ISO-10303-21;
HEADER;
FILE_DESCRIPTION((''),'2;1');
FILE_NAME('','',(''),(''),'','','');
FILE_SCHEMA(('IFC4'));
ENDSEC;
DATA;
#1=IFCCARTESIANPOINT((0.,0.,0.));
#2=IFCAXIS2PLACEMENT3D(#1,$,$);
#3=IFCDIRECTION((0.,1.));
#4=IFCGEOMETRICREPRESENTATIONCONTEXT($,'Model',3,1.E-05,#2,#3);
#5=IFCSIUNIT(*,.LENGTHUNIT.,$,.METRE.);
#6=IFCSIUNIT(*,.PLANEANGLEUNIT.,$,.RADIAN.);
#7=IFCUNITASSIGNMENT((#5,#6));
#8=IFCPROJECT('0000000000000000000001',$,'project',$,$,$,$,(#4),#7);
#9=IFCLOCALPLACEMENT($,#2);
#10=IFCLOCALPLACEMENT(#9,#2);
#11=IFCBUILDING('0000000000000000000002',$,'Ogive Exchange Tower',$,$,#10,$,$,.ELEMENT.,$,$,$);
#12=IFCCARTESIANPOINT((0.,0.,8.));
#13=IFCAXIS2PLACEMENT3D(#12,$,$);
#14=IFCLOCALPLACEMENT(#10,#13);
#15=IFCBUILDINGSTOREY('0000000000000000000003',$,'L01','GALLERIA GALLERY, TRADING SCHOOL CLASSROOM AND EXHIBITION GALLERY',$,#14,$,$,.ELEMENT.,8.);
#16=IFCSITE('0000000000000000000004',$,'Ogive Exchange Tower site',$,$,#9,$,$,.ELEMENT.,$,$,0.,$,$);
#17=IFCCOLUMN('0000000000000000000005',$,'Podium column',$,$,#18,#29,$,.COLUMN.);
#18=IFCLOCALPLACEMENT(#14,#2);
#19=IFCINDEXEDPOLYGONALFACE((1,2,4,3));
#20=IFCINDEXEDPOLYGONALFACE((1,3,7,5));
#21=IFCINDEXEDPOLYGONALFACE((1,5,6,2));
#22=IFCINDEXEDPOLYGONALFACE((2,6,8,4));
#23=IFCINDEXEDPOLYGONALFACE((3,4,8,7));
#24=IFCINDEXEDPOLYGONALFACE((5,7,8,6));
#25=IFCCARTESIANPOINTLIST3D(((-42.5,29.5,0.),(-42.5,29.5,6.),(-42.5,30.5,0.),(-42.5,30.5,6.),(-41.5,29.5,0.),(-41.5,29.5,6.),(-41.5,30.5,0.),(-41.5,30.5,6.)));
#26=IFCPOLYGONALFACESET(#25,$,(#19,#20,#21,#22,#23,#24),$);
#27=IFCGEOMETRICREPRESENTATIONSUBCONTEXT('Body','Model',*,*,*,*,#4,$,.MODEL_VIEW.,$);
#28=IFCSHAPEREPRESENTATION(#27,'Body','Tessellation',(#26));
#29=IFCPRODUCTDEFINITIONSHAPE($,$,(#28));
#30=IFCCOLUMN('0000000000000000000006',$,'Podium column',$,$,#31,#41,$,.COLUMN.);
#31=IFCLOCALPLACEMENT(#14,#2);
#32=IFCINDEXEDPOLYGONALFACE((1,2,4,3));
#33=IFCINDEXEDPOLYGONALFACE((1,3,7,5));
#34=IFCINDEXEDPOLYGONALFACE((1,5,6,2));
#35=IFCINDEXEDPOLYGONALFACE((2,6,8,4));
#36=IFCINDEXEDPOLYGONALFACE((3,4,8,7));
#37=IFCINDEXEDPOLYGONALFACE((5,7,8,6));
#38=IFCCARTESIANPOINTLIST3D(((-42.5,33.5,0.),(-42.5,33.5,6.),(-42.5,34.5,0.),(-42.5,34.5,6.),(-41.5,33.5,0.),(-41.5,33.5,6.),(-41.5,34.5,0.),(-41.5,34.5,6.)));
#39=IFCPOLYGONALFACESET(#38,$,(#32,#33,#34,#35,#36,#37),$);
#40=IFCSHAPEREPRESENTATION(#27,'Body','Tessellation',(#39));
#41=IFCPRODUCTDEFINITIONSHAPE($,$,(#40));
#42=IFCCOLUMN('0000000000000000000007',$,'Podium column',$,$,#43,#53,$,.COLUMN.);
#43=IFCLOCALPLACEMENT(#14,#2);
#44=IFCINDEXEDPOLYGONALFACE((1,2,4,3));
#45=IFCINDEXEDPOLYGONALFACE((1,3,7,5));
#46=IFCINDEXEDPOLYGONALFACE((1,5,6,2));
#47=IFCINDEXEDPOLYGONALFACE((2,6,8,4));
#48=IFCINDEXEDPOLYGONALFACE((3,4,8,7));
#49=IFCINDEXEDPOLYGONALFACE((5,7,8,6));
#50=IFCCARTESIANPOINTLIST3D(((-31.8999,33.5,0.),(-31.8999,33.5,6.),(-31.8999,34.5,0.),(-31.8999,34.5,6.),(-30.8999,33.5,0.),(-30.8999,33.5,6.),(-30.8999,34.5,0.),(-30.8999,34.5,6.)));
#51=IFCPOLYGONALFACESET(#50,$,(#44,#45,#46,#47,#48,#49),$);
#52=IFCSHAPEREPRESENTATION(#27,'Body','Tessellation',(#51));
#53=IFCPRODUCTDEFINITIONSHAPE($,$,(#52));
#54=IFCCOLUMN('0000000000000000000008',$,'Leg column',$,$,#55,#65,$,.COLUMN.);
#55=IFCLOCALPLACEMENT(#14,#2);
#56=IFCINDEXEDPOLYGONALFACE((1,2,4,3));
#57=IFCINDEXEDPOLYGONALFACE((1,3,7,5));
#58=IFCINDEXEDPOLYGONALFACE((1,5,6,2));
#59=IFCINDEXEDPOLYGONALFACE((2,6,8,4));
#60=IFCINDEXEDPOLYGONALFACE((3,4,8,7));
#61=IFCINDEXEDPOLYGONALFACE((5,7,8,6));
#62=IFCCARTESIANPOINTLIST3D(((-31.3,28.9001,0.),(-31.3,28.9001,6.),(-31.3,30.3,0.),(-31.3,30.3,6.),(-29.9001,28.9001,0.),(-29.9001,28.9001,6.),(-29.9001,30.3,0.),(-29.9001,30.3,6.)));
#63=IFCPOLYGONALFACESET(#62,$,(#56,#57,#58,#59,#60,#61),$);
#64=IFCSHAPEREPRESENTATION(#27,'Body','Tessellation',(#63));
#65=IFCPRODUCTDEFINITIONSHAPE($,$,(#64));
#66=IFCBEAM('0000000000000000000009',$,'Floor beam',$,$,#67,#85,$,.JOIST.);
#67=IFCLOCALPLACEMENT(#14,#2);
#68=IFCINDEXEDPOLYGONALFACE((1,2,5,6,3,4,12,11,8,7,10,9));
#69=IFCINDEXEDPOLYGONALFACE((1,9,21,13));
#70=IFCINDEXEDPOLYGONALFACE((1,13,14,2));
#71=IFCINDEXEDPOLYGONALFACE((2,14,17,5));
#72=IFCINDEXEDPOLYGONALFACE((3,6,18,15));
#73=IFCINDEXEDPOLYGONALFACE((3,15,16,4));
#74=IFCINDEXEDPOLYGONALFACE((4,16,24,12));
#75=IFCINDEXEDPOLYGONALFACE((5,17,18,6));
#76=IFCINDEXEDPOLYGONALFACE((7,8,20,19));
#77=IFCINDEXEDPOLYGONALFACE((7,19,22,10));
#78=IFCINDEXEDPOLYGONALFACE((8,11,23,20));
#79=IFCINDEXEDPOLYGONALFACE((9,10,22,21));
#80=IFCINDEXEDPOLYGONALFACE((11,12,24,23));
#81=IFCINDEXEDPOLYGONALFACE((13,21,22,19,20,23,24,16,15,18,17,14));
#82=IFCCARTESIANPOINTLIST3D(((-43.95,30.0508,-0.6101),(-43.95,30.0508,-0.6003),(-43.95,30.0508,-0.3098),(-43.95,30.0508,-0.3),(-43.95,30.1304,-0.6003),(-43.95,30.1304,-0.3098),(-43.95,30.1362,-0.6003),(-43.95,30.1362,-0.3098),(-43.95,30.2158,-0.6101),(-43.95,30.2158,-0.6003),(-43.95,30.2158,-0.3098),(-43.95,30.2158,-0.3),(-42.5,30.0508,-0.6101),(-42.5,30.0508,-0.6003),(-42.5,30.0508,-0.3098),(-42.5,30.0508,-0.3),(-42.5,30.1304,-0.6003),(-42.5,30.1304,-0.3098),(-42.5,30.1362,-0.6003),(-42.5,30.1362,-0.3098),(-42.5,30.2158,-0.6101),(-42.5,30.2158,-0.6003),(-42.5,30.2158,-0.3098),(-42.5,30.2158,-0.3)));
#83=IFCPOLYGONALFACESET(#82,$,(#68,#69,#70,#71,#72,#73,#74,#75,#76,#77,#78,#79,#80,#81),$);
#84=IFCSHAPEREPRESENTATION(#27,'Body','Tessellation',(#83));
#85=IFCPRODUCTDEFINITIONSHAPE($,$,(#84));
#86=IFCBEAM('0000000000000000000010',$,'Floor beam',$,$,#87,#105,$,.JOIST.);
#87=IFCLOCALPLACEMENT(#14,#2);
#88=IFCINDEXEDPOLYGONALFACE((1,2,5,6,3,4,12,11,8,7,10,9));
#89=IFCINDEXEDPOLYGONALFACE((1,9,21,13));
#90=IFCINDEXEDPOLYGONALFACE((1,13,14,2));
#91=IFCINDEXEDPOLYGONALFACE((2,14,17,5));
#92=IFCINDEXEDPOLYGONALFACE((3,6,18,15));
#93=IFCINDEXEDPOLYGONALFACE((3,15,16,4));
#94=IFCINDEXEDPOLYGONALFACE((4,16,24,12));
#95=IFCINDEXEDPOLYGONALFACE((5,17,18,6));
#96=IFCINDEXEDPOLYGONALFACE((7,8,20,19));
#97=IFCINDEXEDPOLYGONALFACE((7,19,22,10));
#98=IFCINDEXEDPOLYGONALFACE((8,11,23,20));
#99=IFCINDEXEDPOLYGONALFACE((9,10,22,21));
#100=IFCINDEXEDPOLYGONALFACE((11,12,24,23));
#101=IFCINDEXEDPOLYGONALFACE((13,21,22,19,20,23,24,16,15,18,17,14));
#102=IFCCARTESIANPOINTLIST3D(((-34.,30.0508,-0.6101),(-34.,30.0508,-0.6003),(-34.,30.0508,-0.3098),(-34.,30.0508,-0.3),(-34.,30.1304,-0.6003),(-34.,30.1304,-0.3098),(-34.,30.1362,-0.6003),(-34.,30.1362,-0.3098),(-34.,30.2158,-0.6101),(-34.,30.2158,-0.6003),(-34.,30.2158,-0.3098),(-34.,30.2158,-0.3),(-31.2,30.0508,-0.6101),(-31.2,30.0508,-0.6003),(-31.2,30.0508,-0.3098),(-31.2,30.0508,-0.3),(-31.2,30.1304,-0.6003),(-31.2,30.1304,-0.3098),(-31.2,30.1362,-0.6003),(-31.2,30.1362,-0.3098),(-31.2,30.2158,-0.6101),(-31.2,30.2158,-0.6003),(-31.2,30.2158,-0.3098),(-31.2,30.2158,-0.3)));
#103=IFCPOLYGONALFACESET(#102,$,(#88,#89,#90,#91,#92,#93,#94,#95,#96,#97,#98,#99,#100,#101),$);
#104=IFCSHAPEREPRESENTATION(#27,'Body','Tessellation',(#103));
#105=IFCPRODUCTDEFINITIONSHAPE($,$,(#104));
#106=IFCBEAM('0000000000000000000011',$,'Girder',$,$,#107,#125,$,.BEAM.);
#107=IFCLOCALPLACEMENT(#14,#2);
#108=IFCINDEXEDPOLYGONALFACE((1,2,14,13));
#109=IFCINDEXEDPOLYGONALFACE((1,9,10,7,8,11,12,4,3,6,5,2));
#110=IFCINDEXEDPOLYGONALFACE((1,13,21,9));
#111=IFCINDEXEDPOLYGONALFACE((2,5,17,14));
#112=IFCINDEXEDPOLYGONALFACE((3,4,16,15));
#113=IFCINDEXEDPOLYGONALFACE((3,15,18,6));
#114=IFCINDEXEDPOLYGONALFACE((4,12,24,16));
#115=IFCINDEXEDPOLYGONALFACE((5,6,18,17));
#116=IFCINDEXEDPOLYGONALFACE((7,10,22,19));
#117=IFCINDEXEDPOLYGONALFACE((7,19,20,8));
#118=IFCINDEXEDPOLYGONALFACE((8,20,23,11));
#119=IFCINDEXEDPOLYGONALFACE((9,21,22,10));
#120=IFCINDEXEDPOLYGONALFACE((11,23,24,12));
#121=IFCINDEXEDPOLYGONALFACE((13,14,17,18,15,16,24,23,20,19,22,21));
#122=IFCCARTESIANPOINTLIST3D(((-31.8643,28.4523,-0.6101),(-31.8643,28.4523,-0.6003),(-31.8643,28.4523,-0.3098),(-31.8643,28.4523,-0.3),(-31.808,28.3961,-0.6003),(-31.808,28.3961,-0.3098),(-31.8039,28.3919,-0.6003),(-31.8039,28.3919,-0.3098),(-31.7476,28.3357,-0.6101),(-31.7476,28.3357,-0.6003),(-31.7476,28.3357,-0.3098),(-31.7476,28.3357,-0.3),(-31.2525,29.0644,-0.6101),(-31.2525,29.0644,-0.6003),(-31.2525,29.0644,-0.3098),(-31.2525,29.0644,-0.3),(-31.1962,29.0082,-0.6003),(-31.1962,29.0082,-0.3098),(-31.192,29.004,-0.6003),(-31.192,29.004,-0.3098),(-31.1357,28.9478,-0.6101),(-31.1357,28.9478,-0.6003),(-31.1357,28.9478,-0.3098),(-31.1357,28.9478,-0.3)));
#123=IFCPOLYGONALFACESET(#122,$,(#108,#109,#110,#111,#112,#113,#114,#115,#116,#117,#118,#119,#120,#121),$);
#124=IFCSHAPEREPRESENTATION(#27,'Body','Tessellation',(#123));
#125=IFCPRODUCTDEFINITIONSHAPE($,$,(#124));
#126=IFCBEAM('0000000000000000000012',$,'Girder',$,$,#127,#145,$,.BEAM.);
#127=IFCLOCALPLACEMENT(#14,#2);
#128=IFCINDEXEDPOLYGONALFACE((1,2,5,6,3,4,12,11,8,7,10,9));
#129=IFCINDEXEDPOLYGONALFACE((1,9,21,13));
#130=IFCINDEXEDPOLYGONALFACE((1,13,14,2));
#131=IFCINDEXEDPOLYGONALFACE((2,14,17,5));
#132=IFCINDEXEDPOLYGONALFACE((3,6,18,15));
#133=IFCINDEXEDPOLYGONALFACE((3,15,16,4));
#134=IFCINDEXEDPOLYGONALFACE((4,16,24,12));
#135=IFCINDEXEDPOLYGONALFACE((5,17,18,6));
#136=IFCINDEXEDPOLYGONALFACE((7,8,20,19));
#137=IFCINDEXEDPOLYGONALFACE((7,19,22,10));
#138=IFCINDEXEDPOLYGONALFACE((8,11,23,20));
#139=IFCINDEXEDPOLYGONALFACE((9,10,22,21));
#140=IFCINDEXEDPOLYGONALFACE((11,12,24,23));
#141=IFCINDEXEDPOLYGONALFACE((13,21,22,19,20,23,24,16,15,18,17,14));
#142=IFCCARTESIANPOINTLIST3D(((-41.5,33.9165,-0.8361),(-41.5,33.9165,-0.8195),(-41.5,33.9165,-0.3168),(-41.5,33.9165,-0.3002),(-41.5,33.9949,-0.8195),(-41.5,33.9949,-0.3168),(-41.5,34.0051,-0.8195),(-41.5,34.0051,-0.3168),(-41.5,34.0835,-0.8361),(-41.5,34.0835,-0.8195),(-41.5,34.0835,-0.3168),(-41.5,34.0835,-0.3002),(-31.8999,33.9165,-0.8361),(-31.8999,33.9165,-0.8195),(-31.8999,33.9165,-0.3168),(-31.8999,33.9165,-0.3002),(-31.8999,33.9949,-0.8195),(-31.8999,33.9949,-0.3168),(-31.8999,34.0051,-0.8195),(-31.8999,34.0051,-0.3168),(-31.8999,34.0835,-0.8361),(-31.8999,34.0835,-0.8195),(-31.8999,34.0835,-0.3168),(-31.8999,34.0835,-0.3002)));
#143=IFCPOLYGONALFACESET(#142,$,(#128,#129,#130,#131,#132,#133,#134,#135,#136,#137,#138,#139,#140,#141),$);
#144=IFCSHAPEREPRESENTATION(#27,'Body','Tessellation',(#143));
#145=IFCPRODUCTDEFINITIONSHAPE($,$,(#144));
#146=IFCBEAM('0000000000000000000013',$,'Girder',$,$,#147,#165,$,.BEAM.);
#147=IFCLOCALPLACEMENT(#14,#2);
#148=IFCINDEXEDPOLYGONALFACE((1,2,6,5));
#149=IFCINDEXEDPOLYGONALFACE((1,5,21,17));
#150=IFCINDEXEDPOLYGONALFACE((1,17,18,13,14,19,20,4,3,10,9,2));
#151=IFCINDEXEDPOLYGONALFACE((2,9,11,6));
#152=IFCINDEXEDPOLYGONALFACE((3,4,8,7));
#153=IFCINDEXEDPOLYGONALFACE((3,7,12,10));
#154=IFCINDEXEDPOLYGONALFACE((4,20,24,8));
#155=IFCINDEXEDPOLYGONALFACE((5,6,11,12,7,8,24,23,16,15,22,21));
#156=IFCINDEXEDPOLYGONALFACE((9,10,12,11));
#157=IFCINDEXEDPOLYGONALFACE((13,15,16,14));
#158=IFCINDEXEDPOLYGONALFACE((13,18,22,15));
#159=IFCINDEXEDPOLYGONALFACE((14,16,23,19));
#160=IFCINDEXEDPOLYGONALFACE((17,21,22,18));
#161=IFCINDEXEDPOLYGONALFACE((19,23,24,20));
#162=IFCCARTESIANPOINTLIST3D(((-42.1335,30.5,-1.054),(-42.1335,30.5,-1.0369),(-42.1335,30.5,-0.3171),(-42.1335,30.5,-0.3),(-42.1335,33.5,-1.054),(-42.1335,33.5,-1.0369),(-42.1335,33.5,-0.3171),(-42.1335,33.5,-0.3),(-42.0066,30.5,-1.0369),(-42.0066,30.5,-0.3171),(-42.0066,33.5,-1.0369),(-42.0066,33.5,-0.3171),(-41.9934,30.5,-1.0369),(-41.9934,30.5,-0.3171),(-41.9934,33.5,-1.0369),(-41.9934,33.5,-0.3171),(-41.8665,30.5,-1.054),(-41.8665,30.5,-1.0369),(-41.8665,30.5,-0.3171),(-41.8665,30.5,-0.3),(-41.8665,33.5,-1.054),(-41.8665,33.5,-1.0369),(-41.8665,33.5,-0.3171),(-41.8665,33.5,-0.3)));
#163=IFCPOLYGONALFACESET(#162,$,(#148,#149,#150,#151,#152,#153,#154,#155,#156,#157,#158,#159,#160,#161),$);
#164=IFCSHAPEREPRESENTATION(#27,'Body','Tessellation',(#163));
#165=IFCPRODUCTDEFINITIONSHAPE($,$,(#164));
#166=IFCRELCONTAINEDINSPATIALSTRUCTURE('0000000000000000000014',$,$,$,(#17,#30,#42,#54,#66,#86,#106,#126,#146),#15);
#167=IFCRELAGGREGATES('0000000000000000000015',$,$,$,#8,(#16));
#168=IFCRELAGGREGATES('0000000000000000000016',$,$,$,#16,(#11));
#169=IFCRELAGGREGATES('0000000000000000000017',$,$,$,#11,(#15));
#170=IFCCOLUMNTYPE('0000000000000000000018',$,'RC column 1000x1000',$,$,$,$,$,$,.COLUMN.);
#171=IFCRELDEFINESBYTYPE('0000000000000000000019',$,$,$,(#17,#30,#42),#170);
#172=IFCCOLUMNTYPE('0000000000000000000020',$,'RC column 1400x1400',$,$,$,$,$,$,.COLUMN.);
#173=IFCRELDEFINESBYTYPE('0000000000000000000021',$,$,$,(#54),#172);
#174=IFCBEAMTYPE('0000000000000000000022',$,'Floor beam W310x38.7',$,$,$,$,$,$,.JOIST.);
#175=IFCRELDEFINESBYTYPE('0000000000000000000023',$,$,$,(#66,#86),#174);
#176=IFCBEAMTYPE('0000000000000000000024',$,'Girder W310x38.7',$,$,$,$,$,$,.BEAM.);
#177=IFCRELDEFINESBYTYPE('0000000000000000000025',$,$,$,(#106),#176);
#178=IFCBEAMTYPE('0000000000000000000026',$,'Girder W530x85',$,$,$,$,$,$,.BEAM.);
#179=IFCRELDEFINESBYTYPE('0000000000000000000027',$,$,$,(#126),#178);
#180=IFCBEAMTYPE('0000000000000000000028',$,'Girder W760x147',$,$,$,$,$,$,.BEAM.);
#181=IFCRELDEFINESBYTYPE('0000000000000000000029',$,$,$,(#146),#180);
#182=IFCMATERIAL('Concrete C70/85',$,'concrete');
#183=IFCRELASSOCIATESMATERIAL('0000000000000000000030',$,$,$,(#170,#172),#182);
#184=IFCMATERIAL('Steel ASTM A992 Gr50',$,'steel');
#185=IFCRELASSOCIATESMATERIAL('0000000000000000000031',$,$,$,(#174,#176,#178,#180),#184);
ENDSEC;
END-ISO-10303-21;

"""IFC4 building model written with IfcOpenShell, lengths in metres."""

from ifc_helpers import new_model, si_unit, direction, frame, origin, origin_2d, place, context, subcontext, project, spatial, rectangle, i_section, extrude, material, material_profile, profile_set, type_object, element, save


model = new_model("IFC4")

# Units and contexts
model_context = context("Model", 3, precision=1e-05, world=origin(), true_north=direction((0.0, 1.0)))
body_context = subcontext(model_context, "Body", "Model", "MODEL_VIEW")
ifc_project = project(units=[si_unit("LENGTHUNIT", "METRE"), si_unit("PLANEANGLEUNIT", "RADIAN")], contexts=[model_context])

# Site, building, storey
site_placement = place(None, origin())
site = spatial("IfcSite", under=ifc_project, at=site_placement, Name="Ogive Exchange Tower site", CompositionType="ELEMENT", RefElevation=0.0)
building_placement = place(site_placement, origin())
building = spatial("IfcBuilding", under=site, at=building_placement, Name="Ogive Exchange Tower", CompositionType="ELEMENT")
storey_placement = place(building_placement, frame((0.0, 0.0, 8.0)))
storey = spatial("IfcBuildingStorey", under=building, at=storey_placement, Name="L01", Description="GALLERIA GALLERY, TRADING SCHOOL CLASSROOM AND EXHIBITION GALLERY", CompositionType="ELEMENT", Elevation=8.0)

# Columns
ifc_material_1 = material(Name="Concrete C70/85", Category="concrete")
ifc_material_profile_1 = material_profile(ifc_material_1, rectangle(XDim=1.0, YDim=1.0, at=origin_2d()), Name="RC 1000x1000")
ifc_profile_set_1 = profile_set([ifc_material_profile_1], Name="Concrete C70/85")
column_type_1 = type_object("IfcColumnType", Name="RC column 1000x1000", PredefinedType="COLUMN", material=ifc_profile_set_1)
for number, where, z_axis, x_axis, name in (
    (1, (-42.0, 30.0, 0.0), (0.0, 0.0, 1.0), (1.0, 0.0, 0.0), "Podium column"),
    (2, (-42.0, 34.0, 0.0), (0.0, 0.0, 1.0), (1.0, 0.0, 0.0), "Podium column"),
    (3, (-31.3999, 34.0, 0.0), (0.0, 0.0, 1.0), (1.0, 0.0, 0.0), "Podium column"),
):
    element("IfcColumn", number, at=place(storey_placement, frame(where, z_axis=z_axis, x_axis=x_axis)), inside=storey, type_object=column_type_1, Name=name, PredefinedType="COLUMN", context=body_context, shape_type="SweptSolid", body=[
        extrude(rectangle(XDim=1.0, YDim=1.0, at=origin_2d()), origin(), (0.0, 0.0, 1.0), 6.0),
    ])
ifc_material_profile_2 = material_profile(ifc_material_1, rectangle(XDim=1.3999, YDim=1.3999, at=origin_2d()), Name="RC 1400x1400")
ifc_profile_set_2 = profile_set([ifc_material_profile_2], Name="Concrete C70/85")
column_type_2 = type_object("IfcColumnType", Name="RC column 1400x1400", PredefinedType="COLUMN", material=ifc_profile_set_2)
column_placement = place(storey_placement, frame((-30.6001, 29.6001, 0.0), z_axis=(0.0, 0.0, 1.0), x_axis=(1.0, 0.0, 0.0)))
element("IfcColumn", 4, at=column_placement, inside=storey, type_object=column_type_2, Name="Leg column", PredefinedType="COLUMN", context=body_context, shape_type="SweptSolid", body=[
    extrude(rectangle(XDim=1.3999, YDim=1.3999, at=origin_2d()), origin(), (0.0, 0.0, 1.0), 6.0),
])

# Beams
ifc_material_2 = material(Name="Steel ASTM A992 Gr50", Category="steel")
ifc_material_profile_3 = material_profile(ifc_material_2, i_section(OverallWidth=0.165, OverallDepth=0.3101, WebThickness=0.0059, FlangeThickness=0.0098, at=origin_2d()), Name="W310x38.7")
ifc_profile_set_3 = profile_set([ifc_material_profile_3], Name="Steel ASTM A992 Gr50")
beam_type_1 = type_object("IfcBeamType", Name="Floor beam W310x38.7", PredefinedType="JOIST", material=ifc_profile_set_3)
beam_1_placement = place(storey_placement, frame((-43.95, 30.1333, -0.4551), z_axis=(1.0, 0.0, 0.0), x_axis=(0.0, 1.0, 0.0)))
element("IfcBeam", 5, at=beam_1_placement, inside=storey, type_object=beam_type_1, Name="Floor beam", PredefinedType="JOIST", context=body_context, shape_type="SweptSolid", body=[
    extrude(i_section(OverallWidth=0.165, OverallDepth=0.3101, WebThickness=0.0059, FlangeThickness=0.0098, at=origin_2d()), origin(), (0.0, 0.0, 1.0), 1.45),
])
beam_2_placement = place(storey_placement, frame((-34.0, 30.1333, -0.4551), z_axis=(1.0, 0.0, 0.0), x_axis=(0.0, 1.0, 0.0)))
element("IfcBeam", 6, at=beam_2_placement, inside=storey, type_object=beam_type_1, Name="Floor beam", PredefinedType="JOIST", context=body_context, shape_type="SweptSolid", body=[
    extrude(i_section(OverallWidth=0.165, OverallDepth=0.3101, WebThickness=0.0059, FlangeThickness=0.0098, at=origin_2d()), origin(), (0.0, 0.0, 1.0), 2.8),
])
ifc_material_profile_4 = material_profile(ifc_material_2, i_section(OverallWidth=0.165, OverallDepth=0.3101, WebThickness=0.0059, FlangeThickness=0.0098, at=origin_2d()), Name="W310x38.7")
ifc_profile_set_4 = profile_set([ifc_material_profile_4], Name="Steel ASTM A992 Gr50")
beam_type_2 = type_object("IfcBeamType", Name="Girder W310x38.7", PredefinedType="BEAM", material=ifc_profile_set_4)
beam_3_placement = place(storey_placement, frame((-31.1941, 29.0061, -0.4551), z_axis=(-0.706966, -0.707248, 0.0), x_axis=(0.707248, -0.706966, 0.0)))
element("IfcBeam", 7, at=beam_3_placement, inside=storey, type_object=beam_type_2, Name="Girder", PredefinedType="BEAM", context=body_context, shape_type="SweptSolid", body=[
    extrude(i_section(OverallWidth=0.165, OverallDepth=0.3101, WebThickness=0.0059, FlangeThickness=0.0098, at=origin_2d()), origin(), (0.0, 0.0, 1.0), 0.8655),
])
ifc_material_profile_5 = material_profile(ifc_material_2, i_section(OverallWidth=0.167, OverallDepth=0.5359, WebThickness=0.0103, FlangeThickness=0.0166, at=origin_2d()), Name="W530x85")
ifc_profile_set_5 = profile_set([ifc_material_profile_5], Name="Steel ASTM A992 Gr50")
beam_type_3 = type_object("IfcBeamType", Name="Girder W530x85", PredefinedType="BEAM", material=ifc_profile_set_5)
beam_4_placement = place(storey_placement, frame((-41.5, 34.0, -0.5681), z_axis=(1.0, 0.0, 0.0), x_axis=(0.0, 1.0, 0.0)))
element("IfcBeam", 8, at=beam_4_placement, inside=storey, type_object=beam_type_3, Name="Girder", PredefinedType="BEAM", context=body_context, shape_type="SweptSolid", body=[
    extrude(i_section(OverallWidth=0.167, OverallDepth=0.5359, WebThickness=0.0103, FlangeThickness=0.0166, at=origin_2d()), origin(), (0.0, 0.0, 1.0), 9.6001),
])
ifc_material_profile_6 = material_profile(ifc_material_2, i_section(OverallWidth=0.2671, OverallDepth=0.7539, WebThickness=0.0132, FlangeThickness=0.0171, at=origin_2d()), Name="W760x147")
ifc_profile_set_6 = profile_set([ifc_material_profile_6], Name="Steel ASTM A992 Gr50")
beam_type_4 = type_object("IfcBeamType", Name="Girder W760x147", PredefinedType="BEAM", material=ifc_profile_set_6)
beam_5_placement = place(storey_placement, frame((-42.0, 30.5, -0.677), z_axis=(0.0, 1.0, 0.0), x_axis=(-1.0, 0.0, 0.0)))
element("IfcBeam", 9, at=beam_5_placement, inside=storey, type_object=beam_type_4, Name="Girder", PredefinedType="BEAM", context=body_context, shape_type="SweptSolid", body=[
    extrude(i_section(OverallWidth=0.2671, OverallDepth=0.7539, WebThickness=0.0132, FlangeThickness=0.0171, at=origin_2d()), origin(), (0.0, 0.0, 1.0), 3.0),
])

save(model, "model.ifc")
